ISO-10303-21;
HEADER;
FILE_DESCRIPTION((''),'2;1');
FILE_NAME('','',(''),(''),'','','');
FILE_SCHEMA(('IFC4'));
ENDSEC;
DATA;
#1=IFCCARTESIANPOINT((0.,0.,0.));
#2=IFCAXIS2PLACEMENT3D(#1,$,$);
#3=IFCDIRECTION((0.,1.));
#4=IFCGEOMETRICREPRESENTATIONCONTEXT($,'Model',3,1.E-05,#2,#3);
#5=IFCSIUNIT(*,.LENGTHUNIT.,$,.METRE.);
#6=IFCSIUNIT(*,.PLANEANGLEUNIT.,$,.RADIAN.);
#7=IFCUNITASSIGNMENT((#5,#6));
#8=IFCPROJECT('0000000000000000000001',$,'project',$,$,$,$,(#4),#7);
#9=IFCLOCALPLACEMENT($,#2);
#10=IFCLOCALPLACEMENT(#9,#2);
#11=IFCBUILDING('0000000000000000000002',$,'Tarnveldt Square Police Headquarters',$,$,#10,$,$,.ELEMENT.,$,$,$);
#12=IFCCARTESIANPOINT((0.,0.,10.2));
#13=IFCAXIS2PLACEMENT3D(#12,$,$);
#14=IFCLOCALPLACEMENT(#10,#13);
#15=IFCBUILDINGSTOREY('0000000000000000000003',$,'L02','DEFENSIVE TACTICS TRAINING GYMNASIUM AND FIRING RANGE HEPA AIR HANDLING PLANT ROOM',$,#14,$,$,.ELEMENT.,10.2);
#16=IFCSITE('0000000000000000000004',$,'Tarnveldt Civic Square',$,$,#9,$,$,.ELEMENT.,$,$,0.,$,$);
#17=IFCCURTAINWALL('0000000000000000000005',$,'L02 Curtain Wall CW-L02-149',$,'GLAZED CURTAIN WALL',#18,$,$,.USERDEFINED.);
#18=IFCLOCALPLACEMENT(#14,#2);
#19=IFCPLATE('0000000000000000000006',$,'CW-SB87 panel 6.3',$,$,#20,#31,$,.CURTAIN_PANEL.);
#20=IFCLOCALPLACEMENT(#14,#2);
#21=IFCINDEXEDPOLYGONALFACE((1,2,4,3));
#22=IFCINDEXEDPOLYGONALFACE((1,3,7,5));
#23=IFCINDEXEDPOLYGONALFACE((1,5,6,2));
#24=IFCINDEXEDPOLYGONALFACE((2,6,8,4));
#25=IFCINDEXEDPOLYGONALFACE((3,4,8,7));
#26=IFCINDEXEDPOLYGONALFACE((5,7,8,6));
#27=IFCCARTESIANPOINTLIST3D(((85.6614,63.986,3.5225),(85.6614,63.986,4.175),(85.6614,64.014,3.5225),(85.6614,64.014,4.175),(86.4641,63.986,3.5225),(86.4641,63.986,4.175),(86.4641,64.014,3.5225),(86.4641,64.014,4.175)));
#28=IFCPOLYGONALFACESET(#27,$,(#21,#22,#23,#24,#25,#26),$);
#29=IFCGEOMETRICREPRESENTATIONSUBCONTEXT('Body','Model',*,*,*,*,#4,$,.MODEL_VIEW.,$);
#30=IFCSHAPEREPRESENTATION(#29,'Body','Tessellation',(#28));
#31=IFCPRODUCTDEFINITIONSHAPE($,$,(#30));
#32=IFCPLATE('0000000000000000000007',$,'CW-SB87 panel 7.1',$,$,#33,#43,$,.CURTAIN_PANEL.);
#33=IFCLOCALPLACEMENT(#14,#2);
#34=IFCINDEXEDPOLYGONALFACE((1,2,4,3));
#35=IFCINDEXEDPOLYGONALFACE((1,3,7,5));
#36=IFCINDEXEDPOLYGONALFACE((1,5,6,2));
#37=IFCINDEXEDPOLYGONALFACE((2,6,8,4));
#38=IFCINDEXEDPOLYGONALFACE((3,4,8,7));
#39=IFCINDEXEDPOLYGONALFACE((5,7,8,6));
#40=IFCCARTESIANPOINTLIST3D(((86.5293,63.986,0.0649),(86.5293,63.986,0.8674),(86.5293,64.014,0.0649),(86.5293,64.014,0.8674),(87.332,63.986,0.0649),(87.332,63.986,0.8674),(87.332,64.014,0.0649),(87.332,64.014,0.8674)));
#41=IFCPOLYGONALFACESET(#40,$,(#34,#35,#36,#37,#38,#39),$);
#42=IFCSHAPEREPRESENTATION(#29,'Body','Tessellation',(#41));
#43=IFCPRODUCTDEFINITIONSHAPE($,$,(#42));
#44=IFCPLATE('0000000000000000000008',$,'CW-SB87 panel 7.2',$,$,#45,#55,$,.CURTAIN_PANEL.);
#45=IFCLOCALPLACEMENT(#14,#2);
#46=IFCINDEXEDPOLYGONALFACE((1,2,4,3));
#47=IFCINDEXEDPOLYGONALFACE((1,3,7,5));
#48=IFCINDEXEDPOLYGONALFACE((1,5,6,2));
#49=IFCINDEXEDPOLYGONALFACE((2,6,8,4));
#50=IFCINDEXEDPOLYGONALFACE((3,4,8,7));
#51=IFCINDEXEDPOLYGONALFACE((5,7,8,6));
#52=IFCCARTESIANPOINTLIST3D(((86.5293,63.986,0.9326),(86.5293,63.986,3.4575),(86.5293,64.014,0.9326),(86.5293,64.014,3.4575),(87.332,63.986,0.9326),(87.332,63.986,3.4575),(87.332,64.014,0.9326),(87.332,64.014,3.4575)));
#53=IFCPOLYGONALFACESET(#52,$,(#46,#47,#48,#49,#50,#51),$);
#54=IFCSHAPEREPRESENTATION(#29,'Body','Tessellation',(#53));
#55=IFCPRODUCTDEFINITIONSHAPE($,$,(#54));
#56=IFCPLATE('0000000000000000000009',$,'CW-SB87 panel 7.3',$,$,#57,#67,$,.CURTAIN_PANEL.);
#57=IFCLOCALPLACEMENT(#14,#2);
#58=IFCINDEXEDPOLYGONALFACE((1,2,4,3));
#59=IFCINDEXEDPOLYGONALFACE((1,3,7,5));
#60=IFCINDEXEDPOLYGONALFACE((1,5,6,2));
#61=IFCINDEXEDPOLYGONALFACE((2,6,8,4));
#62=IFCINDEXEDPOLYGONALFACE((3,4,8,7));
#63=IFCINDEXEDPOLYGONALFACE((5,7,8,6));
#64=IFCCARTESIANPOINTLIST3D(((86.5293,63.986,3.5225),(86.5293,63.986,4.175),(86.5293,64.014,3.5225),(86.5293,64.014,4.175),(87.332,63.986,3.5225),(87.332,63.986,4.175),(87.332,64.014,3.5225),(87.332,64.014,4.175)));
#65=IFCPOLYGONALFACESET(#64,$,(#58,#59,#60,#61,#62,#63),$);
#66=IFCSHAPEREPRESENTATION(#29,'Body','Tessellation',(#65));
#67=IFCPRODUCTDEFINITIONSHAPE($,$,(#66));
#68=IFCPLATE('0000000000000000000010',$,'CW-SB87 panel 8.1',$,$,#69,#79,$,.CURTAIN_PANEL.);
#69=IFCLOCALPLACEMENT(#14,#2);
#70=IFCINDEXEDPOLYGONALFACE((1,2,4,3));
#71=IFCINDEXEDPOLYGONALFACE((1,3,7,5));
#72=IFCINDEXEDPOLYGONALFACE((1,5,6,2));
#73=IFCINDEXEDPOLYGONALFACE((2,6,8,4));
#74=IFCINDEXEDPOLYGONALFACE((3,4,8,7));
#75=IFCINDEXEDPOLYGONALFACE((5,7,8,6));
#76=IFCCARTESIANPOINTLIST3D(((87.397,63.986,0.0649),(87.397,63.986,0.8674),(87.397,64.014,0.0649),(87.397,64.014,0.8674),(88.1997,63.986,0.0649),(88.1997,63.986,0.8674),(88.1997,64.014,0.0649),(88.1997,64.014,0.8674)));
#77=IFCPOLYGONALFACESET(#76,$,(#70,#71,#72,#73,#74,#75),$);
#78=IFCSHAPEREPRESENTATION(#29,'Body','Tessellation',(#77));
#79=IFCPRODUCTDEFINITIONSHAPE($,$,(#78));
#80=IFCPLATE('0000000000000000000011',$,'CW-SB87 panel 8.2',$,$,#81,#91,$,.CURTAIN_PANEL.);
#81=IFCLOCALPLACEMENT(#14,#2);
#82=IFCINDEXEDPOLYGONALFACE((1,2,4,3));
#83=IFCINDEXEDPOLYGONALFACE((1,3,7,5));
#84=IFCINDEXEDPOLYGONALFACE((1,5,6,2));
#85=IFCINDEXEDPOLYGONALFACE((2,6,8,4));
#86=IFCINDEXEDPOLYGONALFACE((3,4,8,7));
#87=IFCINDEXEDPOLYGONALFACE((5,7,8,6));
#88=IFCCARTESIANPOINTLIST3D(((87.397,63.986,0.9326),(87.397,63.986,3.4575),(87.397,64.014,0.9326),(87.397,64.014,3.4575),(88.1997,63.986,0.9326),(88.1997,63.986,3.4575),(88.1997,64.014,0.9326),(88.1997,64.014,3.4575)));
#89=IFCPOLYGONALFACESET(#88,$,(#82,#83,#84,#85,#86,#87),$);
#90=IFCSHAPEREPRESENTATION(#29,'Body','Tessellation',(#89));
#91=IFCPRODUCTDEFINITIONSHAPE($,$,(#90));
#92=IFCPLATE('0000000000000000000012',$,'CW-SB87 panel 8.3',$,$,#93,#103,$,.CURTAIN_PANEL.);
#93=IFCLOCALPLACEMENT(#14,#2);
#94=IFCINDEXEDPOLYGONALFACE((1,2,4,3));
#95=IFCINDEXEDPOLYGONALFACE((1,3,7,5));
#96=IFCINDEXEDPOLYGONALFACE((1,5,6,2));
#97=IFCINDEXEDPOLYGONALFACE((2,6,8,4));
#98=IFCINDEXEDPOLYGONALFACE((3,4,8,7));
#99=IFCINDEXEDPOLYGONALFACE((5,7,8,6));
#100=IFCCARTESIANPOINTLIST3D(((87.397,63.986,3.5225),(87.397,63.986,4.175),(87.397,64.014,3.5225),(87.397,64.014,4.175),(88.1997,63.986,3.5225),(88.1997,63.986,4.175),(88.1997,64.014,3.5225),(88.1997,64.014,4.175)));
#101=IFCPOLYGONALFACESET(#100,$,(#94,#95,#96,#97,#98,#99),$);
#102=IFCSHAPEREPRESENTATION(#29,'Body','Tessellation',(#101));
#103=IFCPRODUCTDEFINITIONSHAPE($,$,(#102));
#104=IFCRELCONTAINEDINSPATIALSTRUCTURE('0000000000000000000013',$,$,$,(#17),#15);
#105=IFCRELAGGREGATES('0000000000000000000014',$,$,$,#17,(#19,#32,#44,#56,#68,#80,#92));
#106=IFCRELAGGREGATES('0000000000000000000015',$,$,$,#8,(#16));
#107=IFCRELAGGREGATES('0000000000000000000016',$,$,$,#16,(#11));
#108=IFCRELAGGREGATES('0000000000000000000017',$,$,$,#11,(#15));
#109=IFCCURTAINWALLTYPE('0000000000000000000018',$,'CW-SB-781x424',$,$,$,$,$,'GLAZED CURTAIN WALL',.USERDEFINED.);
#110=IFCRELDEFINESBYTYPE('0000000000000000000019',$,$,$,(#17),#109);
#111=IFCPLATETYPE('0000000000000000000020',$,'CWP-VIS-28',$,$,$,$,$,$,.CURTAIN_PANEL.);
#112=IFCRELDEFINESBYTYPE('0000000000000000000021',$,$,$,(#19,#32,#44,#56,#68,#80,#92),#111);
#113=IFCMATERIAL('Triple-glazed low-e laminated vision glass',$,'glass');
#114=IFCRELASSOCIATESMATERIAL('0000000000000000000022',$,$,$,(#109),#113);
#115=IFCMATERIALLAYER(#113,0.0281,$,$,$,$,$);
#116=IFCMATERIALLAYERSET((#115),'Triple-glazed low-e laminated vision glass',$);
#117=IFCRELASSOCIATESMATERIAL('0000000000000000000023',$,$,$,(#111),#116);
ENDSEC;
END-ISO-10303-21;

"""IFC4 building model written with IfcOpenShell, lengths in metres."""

from ifc_helpers import new_model, si_unit, direction, frame, origin, origin_2d, place, context, subcontext, project, spatial, rectangle, extrude, material, layer, layer_set, type_object, element, aggregate, save


model = new_model("IFC4")

# Units and contexts
model_context = context("Model", 3, precision=1e-05, world=origin(), true_north=direction((0.0, 1.0)))
body_context = subcontext(model_context, "Body", "Model", "MODEL_VIEW")
ifc_project = project(units=[si_unit("LENGTHUNIT", "METRE"), si_unit("PLANEANGLEUNIT", "RADIAN")], contexts=[model_context])

# Site, building, storey
site_placement = place(None, origin())
site = spatial("IfcSite", under=ifc_project, at=site_placement, Name="Tarnveldt Civic Square", CompositionType="ELEMENT", RefElevation=0.0)
building_placement = place(site_placement, origin())
building = spatial("IfcBuilding", under=site, at=building_placement, Name="Tarnveldt Square Police Headquarters", CompositionType="ELEMENT")
storey_placement = place(building_placement, frame((0.0, 0.0, 10.2)))
storey = spatial("IfcBuildingStorey", under=building, at=storey_placement, Name="L02", Description="DEFENSIVE TACTICS TRAINING GYMNASIUM AND FIRING RANGE HEPA AIR HANDLING PLANT ROOM", CompositionType="ELEMENT", Elevation=10.2)

# Curtain wall, plates
ifc_material_1 = material(Name="Triple-glazed low-e laminated vision glass", Category="glass")
curtain_wall_type = type_object("IfcCurtainWallType", Name="CW-SB-781x424", ElementType="GLAZED CURTAIN WALL", PredefinedType="USERDEFINED", material=ifc_material_1)
curtain_wall_placement = place(storey_placement, origin())
curtain_wall = element("IfcCurtainWall", 1, at=curtain_wall_placement, inside=storey, type_object=curtain_wall_type, Name="L02 Curtain Wall CW-L02-149", ObjectType="GLAZED CURTAIN WALL", PredefinedType="USERDEFINED")
ifc_layer = layer(ifc_material_1, 0.0281)
ifc_layer_set = layer_set([ifc_layer], Name="Triple-glazed low-e laminated vision glass")
plate_type = type_object("IfcPlateType", Name="CWP-VIS-28", PredefinedType="CURTAIN_PANEL", material=ifc_layer_set)
plate_1_placement = place(storey_placement, frame((86.0627, 64.0, 3.5225), z_axis=(0.0, 0.0, 1.0), x_axis=(1.0, 0.0, 0.0)))
plate_1 = element("IfcPlate", 2, at=plate_1_placement, type_object=plate_type, Name="CW-SB87 panel 6.3", PredefinedType="CURTAIN_PANEL", context=body_context, shape_type="SweptSolid", body=[
    extrude(rectangle(XDim=0.8027, YDim=0.0281, at=origin_2d()), origin(), (0.0, 0.0, 1.0), 0.6526),
])
plate_2_placement = place(storey_placement, frame((86.9307, 64.0, 0.0649), z_axis=(0.0, 0.0, 1.0), x_axis=(1.0, 0.0, 0.0)))
plate_2 = element("IfcPlate", 3, at=plate_2_placement, type_object=plate_type, Name="CW-SB87 panel 7.1", PredefinedType="CURTAIN_PANEL", context=body_context, shape_type="SweptSolid", body=[
    extrude(rectangle(XDim=0.8027, YDim=0.0281, at=origin_2d()), origin(), (0.0, 0.0, 1.0), 0.8025),
])
plate_3_placement = place(storey_placement, frame((86.9307, 64.0, 0.9326), z_axis=(0.0, 0.0, 1.0), x_axis=(1.0, 0.0, 0.0)))
plate_3 = element("IfcPlate", 4, at=plate_3_placement, type_object=plate_type, Name="CW-SB87 panel 7.2", PredefinedType="CURTAIN_PANEL", context=body_context, shape_type="SweptSolid", body=[
    extrude(rectangle(XDim=0.8027, YDim=0.0281, at=origin_2d()), origin(), (0.0, 0.0, 1.0), 2.5249),
])
plate_4_placement = place(storey_placement, frame((86.9307, 64.0, 3.5225), z_axis=(0.0, 0.0, 1.0), x_axis=(1.0, 0.0, 0.0)))
plate_4 = element("IfcPlate", 5, at=plate_4_placement, type_object=plate_type, Name="CW-SB87 panel 7.3", PredefinedType="CURTAIN_PANEL", context=body_context, shape_type="SweptSolid", body=[
    extrude(rectangle(XDim=0.8027, YDim=0.0281, at=origin_2d()), origin(), (0.0, 0.0, 1.0), 0.6526),
])
plate_5_placement = place(storey_placement, frame((87.7983, 64.0, 0.0649), z_axis=(0.0, 0.0, 1.0), x_axis=(1.0, 0.0, 0.0)))
plate_5 = element("IfcPlate", 6, at=plate_5_placement, type_object=plate_type, Name="CW-SB87 panel 8.1", PredefinedType="CURTAIN_PANEL", context=body_context, shape_type="SweptSolid", body=[
    extrude(rectangle(XDim=0.8027, YDim=0.0281, at=origin_2d()), origin(), (0.0, 0.0, 1.0), 0.8025),
])
plate_6_placement = place(storey_placement, frame((87.7983, 64.0, 0.9326), z_axis=(0.0, 0.0, 1.0), x_axis=(1.0, 0.0, 0.0)))
plate_6 = element("IfcPlate", 7, at=plate_6_placement, type_object=plate_type, Name="CW-SB87 panel 8.2", PredefinedType="CURTAIN_PANEL", context=body_context, shape_type="SweptSolid", body=[
    extrude(rectangle(XDim=0.8027, YDim=0.0281, at=origin_2d()), origin(), (0.0, 0.0, 1.0), 2.5249),
])
plate_7_placement = place(storey_placement, frame((87.7983, 64.0, 3.5225), z_axis=(0.0, 0.0, 1.0), x_axis=(1.0, 0.0, 0.0)))
plate_7 = element("IfcPlate", 8, at=plate_7_placement, type_object=plate_type, Name="CW-SB87 panel 8.3", PredefinedType="CURTAIN_PANEL", context=body_context, shape_type="SweptSolid", body=[
    extrude(rectangle(XDim=0.8027, YDim=0.0281, at=origin_2d()), origin(), (0.0, 0.0, 1.0), 0.6526),
])
aggregate(curtain_wall, [plate_1, plate_2, plate_3, plate_4, plate_5, plate_6, plate_7])

save(model, "model.ifc")
